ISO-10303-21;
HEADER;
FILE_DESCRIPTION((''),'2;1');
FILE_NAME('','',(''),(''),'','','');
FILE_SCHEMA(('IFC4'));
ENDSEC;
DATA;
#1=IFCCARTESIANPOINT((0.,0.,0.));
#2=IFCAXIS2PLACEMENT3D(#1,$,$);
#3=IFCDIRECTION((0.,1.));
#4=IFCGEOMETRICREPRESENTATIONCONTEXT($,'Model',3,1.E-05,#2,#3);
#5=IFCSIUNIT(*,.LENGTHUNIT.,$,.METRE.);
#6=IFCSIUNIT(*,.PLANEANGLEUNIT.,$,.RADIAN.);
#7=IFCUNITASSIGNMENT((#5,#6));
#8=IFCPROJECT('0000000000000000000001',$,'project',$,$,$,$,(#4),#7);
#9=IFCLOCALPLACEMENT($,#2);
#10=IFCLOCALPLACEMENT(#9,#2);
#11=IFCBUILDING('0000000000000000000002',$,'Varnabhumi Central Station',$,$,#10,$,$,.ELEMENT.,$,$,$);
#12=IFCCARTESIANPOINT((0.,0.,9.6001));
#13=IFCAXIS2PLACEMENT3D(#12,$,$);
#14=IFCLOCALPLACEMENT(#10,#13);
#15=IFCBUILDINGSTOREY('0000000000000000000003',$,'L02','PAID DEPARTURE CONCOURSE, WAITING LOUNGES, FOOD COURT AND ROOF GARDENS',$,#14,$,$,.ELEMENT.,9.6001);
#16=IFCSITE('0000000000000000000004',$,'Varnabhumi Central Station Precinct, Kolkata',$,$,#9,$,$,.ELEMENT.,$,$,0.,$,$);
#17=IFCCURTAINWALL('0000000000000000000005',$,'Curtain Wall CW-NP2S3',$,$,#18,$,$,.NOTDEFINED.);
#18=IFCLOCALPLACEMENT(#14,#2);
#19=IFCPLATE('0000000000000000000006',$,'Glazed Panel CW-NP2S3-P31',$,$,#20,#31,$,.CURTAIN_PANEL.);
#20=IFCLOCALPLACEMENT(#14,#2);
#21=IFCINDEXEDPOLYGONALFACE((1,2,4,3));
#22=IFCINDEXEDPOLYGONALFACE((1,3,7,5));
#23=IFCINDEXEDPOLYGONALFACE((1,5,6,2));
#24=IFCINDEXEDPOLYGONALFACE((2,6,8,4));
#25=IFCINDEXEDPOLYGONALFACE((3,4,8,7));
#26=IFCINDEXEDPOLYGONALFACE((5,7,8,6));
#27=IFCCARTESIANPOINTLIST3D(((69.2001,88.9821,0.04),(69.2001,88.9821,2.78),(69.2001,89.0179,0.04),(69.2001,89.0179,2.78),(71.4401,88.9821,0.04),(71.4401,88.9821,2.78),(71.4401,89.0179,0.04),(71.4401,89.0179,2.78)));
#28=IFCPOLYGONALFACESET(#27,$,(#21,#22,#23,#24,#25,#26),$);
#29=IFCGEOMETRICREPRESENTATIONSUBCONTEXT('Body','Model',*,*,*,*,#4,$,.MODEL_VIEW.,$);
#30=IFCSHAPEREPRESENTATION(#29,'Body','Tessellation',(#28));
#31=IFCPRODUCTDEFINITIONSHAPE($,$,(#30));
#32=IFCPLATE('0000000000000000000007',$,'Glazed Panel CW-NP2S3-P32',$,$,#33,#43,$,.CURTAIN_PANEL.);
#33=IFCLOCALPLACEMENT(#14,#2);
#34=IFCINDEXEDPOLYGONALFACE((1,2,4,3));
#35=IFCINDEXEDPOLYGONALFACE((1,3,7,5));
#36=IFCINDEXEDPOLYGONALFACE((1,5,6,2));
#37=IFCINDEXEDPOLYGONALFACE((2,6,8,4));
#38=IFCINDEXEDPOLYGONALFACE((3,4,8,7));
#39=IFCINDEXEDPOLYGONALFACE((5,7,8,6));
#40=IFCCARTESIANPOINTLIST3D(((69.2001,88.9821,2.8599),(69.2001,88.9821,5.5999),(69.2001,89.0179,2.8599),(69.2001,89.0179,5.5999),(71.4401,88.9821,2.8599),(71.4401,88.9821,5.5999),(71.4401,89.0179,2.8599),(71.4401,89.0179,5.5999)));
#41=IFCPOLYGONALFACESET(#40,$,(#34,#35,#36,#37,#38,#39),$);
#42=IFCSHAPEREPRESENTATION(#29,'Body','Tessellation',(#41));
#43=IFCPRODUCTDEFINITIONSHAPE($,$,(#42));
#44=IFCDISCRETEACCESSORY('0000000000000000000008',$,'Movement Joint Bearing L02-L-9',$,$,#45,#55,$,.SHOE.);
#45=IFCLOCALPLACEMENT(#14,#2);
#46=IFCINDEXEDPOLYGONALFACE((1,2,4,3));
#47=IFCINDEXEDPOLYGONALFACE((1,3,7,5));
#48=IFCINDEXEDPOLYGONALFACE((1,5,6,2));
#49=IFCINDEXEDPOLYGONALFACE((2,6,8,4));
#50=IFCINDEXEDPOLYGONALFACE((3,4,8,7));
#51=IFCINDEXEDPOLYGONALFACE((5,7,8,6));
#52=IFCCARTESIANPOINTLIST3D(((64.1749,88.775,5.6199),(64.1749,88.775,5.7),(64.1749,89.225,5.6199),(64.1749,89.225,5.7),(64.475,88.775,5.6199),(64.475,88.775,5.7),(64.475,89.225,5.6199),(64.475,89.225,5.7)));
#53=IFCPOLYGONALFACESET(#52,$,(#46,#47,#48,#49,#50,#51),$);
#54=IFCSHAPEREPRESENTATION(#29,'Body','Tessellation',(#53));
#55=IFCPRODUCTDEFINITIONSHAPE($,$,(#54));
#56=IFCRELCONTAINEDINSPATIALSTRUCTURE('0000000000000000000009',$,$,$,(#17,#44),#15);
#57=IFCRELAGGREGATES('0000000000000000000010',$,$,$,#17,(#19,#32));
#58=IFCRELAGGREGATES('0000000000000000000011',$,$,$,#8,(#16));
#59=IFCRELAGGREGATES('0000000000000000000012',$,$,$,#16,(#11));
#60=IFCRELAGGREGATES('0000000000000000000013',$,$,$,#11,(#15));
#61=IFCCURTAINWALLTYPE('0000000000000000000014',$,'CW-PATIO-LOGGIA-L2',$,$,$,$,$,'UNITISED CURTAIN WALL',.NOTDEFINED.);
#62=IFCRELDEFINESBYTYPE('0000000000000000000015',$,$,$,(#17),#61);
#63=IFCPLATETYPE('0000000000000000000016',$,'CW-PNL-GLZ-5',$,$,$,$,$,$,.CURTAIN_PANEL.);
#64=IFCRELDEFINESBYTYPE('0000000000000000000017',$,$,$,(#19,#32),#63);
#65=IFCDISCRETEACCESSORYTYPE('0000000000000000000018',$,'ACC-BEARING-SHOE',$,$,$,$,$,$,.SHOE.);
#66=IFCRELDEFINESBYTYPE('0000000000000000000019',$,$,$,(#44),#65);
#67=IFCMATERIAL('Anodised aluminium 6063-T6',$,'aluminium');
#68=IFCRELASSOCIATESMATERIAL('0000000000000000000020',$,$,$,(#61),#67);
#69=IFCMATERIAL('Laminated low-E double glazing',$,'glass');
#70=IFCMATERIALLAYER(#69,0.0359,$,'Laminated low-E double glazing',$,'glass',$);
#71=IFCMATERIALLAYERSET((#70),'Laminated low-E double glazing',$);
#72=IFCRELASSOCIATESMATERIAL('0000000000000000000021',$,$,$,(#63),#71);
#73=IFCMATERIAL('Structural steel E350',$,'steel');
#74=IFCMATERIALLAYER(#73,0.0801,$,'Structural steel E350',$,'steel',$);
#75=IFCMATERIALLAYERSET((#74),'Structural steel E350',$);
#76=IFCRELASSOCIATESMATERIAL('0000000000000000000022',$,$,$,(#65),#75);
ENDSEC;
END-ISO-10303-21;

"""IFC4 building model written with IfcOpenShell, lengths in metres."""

from ifc_helpers import new_model, si_unit, direction, frame, origin, origin_2d, place, context, subcontext, project, spatial, rectangle, extrude, material, layer, layer_set, type_object, element, aggregate, save


model = new_model("IFC4")

# Units and contexts
model_context = context("Model", 3, precision=1e-05, world=origin(), true_north=direction((0.0, 1.0)))
body_context = subcontext(model_context, "Body", "Model", "MODEL_VIEW")
ifc_project = project(units=[si_unit("LENGTHUNIT", "METRE"), si_unit("PLANEANGLEUNIT", "RADIAN")], contexts=[model_context])

# Site, building, storey
site_placement = place(None, origin())
site = spatial("IfcSite", under=ifc_project, at=site_placement, Name="Varnabhumi Central Station Precinct, Kolkata", CompositionType="ELEMENT", RefElevation=0.0)
building_placement = place(site_placement, origin())
building = spatial("IfcBuilding", under=site, at=building_placement, Name="Varnabhumi Central Station", CompositionType="ELEMENT")
storey_placement = place(building_placement, frame((0.0, 0.0, 9.6001)))
storey = spatial("IfcBuildingStorey", under=building, at=storey_placement, Name="L02", Description="PAID DEPARTURE CONCOURSE, WAITING LOUNGES, FOOD COURT AND ROOF GARDENS", CompositionType="ELEMENT", Elevation=9.6001)

# Shared definitions
ifc_material_1 = material(Name="Anodised aluminium 6063-T6", Category="aluminium")
curtain_wall_type = type_object("IfcCurtainWallType", Name="CW-PATIO-LOGGIA-L2", ElementType="UNITISED CURTAIN WALL", PredefinedType="NOTDEFINED", material=ifc_material_1)

# Curtain wall
curtain_wall_1_placement = place(storey_placement, origin())
curtain_wall_1 = element("IfcCurtainWall", 1, at=curtain_wall_1_placement, inside=storey, type_object=curtain_wall_type, Name="Curtain Wall CW-NP2S3", PredefinedType="NOTDEFINED")

# Plates
ifc_material_2 = material(Name="Laminated low-E double glazing", Category="glass")
ifc_layer_1 = layer(ifc_material_2, 0.0359, Name="Laminated low-E double glazing", Category="glass")
ifc_layer_set_1 = layer_set([ifc_layer_1], Name="Laminated low-E double glazing")
plate_type = type_object("IfcPlateType", Name="CW-PNL-GLZ-5", PredefinedType="CURTAIN_PANEL", material=ifc_layer_set_1)
plate_1_placement = place(storey_placement, frame((70.3201, 89.0, 0.04), z_axis=(0.0, 0.0, 1.0), x_axis=(1.0, 0.0, 0.0)))
plate_1 = element("IfcPlate", 2, at=plate_1_placement, type_object=plate_type, Name="Glazed Panel CW-NP2S3-P31", PredefinedType="CURTAIN_PANEL", context=body_context, shape_type="SweptSolid", body=[
    extrude(rectangle(XDim=2.24, YDim=0.0359, at=origin_2d()), origin(), (0.0, 0.0, 1.0), 2.74),
])
plate_2_placement = place(storey_placement, frame((70.3201, 89.0, 2.8599), z_axis=(0.0, 0.0, 1.0), x_axis=(1.0, 0.0, 0.0)))
plate_2 = element("IfcPlate", 3, at=plate_2_placement, type_object=plate_type, Name="Glazed Panel CW-NP2S3-P32", PredefinedType="CURTAIN_PANEL", context=body_context, shape_type="SweptSolid", body=[
    extrude(rectangle(XDim=2.24, YDim=0.0359, at=origin_2d()), origin(), (0.0, 0.0, 1.0), 2.74),
])
aggregate(curtain_wall_1, [plate_1, plate_2])

# Discrete accessory
ifc_material_3 = material(Name="Structural steel E350", Category="steel")
ifc_layer_2 = layer(ifc_material_3, 0.0801, Name="Structural steel E350", Category="steel")
ifc_layer_set_2 = layer_set([ifc_layer_2], Name="Structural steel E350")
discrete_accessory_type = type_object("IfcDiscreteAccessoryType", Name="ACC-BEARING-SHOE", PredefinedType="SHOE", material=ifc_layer_set_2)
discrete_accessory_placement = place(storey_placement, frame((64.325, 89.0, 5.6199), z_axis=(0.0, 0.0, 1.0), x_axis=(1.0, 0.0, 0.0)))
element("IfcDiscreteAccessory", 4, at=discrete_accessory_placement, inside=storey, type_object=discrete_accessory_type, Name="Movement Joint Bearing L02-L-9", PredefinedType="SHOE", context=body_context, shape_type="SweptSolid", body=[
    extrude(rectangle(XDim=0.3, YDim=0.45, at=origin_2d()), origin(), (0.0, 0.0, 1.0), 0.0801),
])

save(model, "model.ifc")
